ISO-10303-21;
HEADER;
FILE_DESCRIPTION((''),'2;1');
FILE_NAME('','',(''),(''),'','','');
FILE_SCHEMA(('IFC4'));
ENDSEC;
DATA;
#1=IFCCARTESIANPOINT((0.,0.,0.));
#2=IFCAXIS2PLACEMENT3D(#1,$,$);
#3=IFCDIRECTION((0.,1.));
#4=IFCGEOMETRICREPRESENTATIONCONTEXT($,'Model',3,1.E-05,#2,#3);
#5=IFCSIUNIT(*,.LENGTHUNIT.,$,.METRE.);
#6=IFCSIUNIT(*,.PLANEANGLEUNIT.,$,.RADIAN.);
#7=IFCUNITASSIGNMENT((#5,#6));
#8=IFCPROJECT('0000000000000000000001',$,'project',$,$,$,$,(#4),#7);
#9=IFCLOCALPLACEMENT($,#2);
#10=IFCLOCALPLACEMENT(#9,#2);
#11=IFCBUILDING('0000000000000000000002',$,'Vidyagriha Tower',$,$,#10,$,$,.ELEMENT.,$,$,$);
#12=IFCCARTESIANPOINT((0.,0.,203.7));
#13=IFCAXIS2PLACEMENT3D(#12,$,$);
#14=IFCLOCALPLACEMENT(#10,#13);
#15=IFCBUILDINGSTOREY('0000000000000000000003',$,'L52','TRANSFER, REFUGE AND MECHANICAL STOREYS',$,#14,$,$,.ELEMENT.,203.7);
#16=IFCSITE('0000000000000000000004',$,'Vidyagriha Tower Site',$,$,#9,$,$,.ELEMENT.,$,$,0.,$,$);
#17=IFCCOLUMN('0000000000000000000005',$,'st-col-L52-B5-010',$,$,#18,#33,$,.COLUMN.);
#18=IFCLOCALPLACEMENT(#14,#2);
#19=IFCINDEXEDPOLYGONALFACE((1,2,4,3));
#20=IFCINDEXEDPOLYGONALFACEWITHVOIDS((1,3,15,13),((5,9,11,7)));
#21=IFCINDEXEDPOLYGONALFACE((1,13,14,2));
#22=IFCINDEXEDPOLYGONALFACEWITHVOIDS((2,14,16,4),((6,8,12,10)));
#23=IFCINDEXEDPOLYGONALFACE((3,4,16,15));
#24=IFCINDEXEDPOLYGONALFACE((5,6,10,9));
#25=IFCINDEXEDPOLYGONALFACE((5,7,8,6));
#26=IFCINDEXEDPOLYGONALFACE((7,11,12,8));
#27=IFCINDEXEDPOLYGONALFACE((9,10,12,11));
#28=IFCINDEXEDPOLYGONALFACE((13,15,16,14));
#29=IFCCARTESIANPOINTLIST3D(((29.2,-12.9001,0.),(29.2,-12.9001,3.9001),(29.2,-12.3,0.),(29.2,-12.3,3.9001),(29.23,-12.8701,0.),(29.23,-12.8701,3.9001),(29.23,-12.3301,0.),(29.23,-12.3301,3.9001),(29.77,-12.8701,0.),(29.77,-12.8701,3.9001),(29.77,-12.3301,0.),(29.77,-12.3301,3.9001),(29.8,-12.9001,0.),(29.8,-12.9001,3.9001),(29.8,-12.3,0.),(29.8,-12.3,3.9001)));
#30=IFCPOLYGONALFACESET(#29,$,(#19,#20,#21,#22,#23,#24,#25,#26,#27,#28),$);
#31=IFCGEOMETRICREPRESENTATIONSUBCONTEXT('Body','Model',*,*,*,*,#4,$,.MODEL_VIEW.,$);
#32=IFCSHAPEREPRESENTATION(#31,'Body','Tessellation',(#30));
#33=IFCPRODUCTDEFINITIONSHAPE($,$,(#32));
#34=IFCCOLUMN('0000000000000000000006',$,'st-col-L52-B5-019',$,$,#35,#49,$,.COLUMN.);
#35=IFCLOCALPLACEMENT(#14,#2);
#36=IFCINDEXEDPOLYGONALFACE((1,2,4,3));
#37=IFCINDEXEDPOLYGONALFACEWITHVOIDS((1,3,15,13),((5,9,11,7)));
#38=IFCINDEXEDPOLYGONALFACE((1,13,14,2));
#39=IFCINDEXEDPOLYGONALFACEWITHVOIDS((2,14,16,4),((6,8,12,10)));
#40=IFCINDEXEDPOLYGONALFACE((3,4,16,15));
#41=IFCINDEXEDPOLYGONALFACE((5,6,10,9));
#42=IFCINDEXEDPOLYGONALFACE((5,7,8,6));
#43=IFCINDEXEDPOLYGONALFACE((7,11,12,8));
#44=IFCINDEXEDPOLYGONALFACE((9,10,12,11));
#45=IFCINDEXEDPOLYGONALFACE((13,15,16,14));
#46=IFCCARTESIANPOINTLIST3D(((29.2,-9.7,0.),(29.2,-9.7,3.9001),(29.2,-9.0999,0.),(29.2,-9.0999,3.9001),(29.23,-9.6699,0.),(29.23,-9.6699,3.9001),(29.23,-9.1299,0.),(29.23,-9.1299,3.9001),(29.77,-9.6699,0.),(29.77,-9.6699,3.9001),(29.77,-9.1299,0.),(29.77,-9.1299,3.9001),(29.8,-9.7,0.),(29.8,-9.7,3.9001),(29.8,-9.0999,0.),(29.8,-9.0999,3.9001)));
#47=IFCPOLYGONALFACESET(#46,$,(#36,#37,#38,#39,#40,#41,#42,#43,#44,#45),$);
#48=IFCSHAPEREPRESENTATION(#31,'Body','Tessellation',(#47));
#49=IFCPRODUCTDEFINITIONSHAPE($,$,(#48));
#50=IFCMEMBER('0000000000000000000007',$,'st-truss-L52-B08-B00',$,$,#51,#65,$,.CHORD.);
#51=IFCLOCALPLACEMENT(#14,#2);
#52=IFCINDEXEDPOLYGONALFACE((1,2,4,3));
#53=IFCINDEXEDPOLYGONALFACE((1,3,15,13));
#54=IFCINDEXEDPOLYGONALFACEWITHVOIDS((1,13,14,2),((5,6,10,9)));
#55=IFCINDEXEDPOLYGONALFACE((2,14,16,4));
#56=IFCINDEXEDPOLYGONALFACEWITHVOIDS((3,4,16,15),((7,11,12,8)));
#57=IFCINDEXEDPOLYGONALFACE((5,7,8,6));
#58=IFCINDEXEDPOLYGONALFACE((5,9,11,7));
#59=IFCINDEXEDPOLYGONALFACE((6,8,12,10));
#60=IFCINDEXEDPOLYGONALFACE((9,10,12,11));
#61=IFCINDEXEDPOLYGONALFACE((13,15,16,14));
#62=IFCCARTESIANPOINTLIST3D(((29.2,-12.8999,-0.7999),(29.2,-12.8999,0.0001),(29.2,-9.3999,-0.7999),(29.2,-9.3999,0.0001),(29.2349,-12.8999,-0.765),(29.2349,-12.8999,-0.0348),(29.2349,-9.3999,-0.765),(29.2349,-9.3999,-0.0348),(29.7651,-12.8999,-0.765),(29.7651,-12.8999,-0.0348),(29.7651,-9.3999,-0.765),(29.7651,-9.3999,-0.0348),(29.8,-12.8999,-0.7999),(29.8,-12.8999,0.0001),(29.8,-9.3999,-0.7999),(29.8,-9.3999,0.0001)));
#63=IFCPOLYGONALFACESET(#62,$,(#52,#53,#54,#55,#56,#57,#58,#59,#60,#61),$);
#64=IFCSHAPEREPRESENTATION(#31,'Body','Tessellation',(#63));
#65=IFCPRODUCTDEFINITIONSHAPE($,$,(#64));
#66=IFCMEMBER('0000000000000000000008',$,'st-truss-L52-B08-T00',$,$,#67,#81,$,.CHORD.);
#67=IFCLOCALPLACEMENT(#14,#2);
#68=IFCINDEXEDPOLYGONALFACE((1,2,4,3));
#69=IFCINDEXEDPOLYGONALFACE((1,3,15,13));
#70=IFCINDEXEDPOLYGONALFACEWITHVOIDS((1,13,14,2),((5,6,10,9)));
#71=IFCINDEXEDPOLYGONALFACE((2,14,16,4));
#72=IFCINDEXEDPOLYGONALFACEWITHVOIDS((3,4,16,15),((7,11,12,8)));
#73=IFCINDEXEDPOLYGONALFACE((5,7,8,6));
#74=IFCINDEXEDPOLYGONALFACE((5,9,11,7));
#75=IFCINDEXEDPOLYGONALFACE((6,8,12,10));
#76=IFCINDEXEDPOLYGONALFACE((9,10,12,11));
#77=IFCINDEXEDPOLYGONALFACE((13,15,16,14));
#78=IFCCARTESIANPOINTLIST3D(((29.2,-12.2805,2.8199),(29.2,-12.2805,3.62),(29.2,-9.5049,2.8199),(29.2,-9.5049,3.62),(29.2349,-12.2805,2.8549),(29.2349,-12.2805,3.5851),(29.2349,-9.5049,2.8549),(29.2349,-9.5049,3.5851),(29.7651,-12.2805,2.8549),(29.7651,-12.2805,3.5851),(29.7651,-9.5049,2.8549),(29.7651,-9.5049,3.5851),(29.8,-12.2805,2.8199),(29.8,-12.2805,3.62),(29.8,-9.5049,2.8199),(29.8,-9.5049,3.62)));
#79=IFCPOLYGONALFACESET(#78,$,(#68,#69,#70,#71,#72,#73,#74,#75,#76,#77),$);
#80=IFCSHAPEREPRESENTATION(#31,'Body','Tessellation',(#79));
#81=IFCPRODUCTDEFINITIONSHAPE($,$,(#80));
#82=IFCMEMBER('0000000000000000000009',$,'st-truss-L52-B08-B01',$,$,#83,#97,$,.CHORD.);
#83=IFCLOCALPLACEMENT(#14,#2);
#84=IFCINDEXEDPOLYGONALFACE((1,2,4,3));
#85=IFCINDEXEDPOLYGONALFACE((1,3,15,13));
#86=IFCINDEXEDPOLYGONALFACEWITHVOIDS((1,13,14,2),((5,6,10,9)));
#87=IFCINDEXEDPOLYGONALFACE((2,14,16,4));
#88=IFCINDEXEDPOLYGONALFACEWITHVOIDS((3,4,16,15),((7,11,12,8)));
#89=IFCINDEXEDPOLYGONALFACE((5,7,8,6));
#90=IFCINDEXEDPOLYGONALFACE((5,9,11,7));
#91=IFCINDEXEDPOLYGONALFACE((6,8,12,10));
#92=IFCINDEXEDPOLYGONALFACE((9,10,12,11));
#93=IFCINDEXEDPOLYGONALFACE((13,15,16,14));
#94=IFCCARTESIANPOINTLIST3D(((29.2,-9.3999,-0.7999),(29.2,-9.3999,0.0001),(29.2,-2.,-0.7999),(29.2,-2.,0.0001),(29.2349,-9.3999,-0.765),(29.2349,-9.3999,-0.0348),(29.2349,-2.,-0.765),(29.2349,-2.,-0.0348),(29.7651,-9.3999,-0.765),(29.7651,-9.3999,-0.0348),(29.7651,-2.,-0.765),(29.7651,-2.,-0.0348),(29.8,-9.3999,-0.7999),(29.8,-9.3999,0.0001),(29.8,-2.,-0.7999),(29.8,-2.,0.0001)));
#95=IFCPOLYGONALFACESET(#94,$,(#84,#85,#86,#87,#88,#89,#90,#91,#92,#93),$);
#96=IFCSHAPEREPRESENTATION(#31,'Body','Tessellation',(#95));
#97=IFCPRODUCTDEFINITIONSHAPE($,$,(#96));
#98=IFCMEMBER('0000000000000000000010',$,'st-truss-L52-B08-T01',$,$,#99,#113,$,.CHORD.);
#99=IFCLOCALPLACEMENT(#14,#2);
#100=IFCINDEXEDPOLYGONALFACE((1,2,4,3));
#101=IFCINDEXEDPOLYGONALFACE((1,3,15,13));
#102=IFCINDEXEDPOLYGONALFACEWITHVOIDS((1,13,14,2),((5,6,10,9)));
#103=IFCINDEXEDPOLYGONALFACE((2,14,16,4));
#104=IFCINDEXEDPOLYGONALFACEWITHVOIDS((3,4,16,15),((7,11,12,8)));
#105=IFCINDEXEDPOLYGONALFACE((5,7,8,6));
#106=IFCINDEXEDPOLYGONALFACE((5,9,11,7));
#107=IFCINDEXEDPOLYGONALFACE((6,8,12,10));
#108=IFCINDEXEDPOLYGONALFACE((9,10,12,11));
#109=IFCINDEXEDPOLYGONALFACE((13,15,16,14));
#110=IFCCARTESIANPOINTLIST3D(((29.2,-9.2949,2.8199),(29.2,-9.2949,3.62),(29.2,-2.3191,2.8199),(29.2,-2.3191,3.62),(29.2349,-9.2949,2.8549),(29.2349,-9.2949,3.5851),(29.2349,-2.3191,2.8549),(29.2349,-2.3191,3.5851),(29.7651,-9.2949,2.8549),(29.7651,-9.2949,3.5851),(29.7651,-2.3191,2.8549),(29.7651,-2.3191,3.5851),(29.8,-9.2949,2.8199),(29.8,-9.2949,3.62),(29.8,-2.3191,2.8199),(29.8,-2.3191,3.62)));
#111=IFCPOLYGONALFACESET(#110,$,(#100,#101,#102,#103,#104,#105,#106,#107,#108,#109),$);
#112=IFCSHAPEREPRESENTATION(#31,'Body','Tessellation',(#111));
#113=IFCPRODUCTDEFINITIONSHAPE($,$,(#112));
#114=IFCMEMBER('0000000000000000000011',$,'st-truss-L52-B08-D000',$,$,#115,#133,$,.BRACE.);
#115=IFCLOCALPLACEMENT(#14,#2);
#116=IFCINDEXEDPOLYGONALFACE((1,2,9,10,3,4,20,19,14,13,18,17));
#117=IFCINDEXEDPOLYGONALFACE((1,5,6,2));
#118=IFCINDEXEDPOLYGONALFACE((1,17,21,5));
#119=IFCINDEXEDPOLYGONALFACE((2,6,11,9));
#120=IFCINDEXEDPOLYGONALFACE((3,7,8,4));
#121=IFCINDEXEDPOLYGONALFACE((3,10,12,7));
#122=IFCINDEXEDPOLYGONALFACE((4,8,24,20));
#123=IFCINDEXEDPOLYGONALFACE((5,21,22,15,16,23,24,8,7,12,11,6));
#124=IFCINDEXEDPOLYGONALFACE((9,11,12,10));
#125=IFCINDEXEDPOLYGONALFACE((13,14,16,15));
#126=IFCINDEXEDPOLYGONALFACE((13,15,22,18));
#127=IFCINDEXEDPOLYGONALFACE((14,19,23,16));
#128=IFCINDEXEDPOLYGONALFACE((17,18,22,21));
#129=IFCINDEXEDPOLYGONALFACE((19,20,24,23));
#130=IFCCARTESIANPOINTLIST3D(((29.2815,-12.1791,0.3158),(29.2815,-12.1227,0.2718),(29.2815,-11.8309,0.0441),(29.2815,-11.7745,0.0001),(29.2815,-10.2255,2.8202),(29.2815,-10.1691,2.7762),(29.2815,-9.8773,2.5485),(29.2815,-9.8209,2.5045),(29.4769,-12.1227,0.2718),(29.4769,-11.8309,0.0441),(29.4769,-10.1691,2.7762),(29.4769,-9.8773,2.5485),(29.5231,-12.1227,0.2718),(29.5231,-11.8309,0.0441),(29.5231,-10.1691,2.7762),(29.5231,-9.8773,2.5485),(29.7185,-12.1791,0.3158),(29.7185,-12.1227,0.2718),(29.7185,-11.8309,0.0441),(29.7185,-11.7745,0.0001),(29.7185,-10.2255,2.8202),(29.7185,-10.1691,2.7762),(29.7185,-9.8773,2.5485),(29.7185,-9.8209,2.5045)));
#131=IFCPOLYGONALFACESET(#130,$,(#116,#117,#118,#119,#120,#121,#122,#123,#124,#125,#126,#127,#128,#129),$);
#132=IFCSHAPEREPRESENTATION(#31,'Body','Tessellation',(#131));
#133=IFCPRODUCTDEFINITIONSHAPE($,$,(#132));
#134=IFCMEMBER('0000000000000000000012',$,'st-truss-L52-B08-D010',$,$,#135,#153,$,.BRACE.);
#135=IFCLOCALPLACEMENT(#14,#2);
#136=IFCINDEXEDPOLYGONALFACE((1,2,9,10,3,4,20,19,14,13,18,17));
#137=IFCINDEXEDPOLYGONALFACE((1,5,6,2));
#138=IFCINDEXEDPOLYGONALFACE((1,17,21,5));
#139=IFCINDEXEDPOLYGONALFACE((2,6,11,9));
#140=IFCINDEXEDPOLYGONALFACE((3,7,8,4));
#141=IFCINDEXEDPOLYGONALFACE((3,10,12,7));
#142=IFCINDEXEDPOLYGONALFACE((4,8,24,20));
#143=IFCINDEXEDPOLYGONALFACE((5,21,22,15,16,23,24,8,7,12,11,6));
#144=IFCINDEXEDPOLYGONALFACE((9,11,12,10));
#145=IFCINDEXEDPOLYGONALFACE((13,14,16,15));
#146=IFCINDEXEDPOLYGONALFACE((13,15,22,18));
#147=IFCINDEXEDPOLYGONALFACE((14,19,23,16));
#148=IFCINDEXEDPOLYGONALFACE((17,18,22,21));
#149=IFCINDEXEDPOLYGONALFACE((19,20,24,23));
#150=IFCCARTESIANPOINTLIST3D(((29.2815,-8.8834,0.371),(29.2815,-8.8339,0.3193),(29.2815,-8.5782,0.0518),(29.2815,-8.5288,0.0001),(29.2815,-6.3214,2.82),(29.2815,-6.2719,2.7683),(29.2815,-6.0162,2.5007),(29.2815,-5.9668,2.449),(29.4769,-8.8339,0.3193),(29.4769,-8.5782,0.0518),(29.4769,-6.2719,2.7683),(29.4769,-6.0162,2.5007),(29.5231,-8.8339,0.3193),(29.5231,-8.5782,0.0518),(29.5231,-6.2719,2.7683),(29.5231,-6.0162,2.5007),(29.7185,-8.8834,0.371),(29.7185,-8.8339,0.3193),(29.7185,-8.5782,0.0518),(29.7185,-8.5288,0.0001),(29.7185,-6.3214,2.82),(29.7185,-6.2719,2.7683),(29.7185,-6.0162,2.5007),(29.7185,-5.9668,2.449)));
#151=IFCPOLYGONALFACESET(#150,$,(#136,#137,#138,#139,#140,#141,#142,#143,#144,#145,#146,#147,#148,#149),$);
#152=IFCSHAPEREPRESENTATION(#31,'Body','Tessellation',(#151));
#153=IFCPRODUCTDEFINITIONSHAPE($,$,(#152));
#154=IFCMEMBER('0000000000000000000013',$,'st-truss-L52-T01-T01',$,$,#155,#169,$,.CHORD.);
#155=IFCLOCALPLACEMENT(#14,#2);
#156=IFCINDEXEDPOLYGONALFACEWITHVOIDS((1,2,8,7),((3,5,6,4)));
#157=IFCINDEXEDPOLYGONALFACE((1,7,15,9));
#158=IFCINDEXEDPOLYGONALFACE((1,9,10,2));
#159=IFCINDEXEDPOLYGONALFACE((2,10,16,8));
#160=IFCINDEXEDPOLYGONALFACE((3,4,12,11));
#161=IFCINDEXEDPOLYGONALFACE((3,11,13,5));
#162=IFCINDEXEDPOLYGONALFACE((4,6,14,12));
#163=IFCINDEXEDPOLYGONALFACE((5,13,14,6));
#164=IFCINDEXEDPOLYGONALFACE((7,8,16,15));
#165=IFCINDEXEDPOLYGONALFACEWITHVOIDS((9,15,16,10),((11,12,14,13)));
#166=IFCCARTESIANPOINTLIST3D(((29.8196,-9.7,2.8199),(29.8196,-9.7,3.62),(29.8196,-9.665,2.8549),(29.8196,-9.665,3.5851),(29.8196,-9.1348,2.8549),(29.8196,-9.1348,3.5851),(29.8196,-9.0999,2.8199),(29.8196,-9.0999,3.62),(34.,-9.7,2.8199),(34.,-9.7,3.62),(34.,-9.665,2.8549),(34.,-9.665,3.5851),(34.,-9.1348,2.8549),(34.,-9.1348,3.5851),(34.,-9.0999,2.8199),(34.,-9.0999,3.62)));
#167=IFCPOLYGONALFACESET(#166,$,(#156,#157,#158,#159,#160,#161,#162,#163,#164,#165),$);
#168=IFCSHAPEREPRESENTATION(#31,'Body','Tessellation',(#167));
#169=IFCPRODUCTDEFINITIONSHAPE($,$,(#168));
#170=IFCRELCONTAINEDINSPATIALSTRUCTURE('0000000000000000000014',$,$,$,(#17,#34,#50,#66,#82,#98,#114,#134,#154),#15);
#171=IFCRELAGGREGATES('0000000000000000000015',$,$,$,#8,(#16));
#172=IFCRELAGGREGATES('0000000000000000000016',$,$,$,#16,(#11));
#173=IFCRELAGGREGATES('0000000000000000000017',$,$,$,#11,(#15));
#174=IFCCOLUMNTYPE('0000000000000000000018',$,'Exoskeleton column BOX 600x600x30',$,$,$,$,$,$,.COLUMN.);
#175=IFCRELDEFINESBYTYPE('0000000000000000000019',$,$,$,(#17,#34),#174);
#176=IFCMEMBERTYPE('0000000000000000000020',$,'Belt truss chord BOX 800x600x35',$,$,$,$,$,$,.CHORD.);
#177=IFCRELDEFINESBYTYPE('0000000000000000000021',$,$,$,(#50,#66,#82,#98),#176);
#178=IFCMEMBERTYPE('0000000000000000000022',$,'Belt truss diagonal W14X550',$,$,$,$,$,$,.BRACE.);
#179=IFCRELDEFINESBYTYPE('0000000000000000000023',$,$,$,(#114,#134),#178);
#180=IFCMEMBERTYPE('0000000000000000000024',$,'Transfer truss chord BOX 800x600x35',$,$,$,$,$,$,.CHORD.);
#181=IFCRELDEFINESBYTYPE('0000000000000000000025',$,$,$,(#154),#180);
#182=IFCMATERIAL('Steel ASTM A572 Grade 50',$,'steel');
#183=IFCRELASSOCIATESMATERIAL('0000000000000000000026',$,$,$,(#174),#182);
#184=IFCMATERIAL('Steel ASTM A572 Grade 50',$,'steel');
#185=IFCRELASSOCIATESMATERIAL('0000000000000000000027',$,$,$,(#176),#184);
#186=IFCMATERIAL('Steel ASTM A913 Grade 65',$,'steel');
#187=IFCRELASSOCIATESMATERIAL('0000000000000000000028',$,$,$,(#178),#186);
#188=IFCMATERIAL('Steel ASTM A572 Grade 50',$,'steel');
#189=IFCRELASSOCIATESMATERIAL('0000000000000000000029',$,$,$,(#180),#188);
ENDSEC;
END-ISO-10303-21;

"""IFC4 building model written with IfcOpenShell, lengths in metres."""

from ifc_helpers import new_model, si_unit, direction, frame, origin, origin_2d, place, context, subcontext, project, spatial, hollow_rectangle, i_section, extrude, material, material_profile, profile_set, type_object, element, save


model = new_model("IFC4")

# Units and contexts
model_context = context("Model", 3, precision=1e-05, world=origin(), true_north=direction((0.0, 1.0)))
body_context = subcontext(model_context, "Body", "Model", "MODEL_VIEW")
ifc_project = project(units=[si_unit("LENGTHUNIT", "METRE"), si_unit("PLANEANGLEUNIT", "RADIAN")], contexts=[model_context])

# Site, building, storey
site_placement = place(None, origin())
site = spatial("IfcSite", under=ifc_project, at=site_placement, Name="Vidyagriha Tower Site", CompositionType="ELEMENT", RefElevation=0.0)
building_placement = place(site_placement, origin())
building = spatial("IfcBuilding", under=site, at=building_placement, Name="Vidyagriha Tower", CompositionType="ELEMENT")
storey_placement = place(building_placement, frame((0.0, 0.0, 203.7)))
storey = spatial("IfcBuildingStorey", under=building, at=storey_placement, Name="L52", Description="TRANSFER, REFUGE AND MECHANICAL STOREYS", CompositionType="ELEMENT", Elevation=203.7)

# Columns
ifc_material_1 = material(Name="Steel ASTM A572 Grade 50", Category="steel")
ifc_material_profile_1 = material_profile(ifc_material_1, hollow_rectangle(XDim=0.6001, YDim=0.6001, WallThickness=0.03, at=origin_2d()), Name="BOX 600x600x30")
ifc_profile_set_1 = profile_set([ifc_material_profile_1], Name="Steel ASTM A572 Grade 50")
column_type = type_object("IfcColumnType", Name="Exoskeleton column BOX 600x600x30", PredefinedType="COLUMN", material=ifc_profile_set_1)
for number, where, name in (
    (1, (29.5, -12.6001, 0.0), "st-col-L52-B5-010"),
    (2, (29.5, -9.3999, 0.0), "st-col-L52-B5-019"),
):
    element("IfcColumn", number, at=place(storey_placement, frame(where)), inside=storey, type_object=column_type, Name=name, PredefinedType="COLUMN", context=body_context, shape_type="SweptSolid", body=[
        extrude(hollow_rectangle(XDim=0.6001, YDim=0.6001, WallThickness=0.03, at=origin_2d()), origin(), (0.0, 0.0, 1.0), 3.9001),
    ])

# Members
ifc_material_2 = material(Name="Steel ASTM A572 Grade 50", Category="steel")
ifc_material_profile_2 = material_profile(ifc_material_2, hollow_rectangle(XDim=0.6001, YDim=0.8, WallThickness=0.0349, at=origin_2d()), Name="BOX 800x600x35")
ifc_profile_set_2 = profile_set([ifc_material_profile_2], Name="Steel ASTM A572 Grade 50")
member_type_1 = type_object("IfcMemberType", Name="Belt truss chord BOX 800x600x35", PredefinedType="CHORD", material=ifc_profile_set_2)
member_1_placement = place(storey_placement, frame((29.5, -12.8999, -0.3999), z_axis=(0.0, 1.0, 0.0), x_axis=(-1.0, 0.0, 0.0)))
element("IfcMember", 3, at=member_1_placement, inside=storey, type_object=member_type_1, Name="st-truss-L52-B08-B00", PredefinedType="CHORD", context=body_context, shape_type="SweptSolid", body=[
    extrude(hollow_rectangle(XDim=0.6001, YDim=0.8, WallThickness=0.0349, at=origin_2d()), origin(), (0.0, 0.0, 1.0), 3.5),
])
member_2_placement = place(storey_placement, frame((29.5, -12.2805, 3.22), z_axis=(0.0, 1.0, 0.0), x_axis=(-1.0, 0.0, 0.0)))
element("IfcMember", 4, at=member_2_placement, inside=storey, type_object=member_type_1, Name="st-truss-L52-B08-T00", PredefinedType="CHORD", context=body_context, shape_type="SweptSolid", body=[
    extrude(hollow_rectangle(XDim=0.6001, YDim=0.8, WallThickness=0.0349, at=origin_2d()), origin(), (0.0, 0.0, 1.0), 2.7756),
])
member_3_placement = place(storey_placement, frame((29.5, -9.3999, -0.3999), z_axis=(0.0, 1.0, 0.0), x_axis=(-1.0, 0.0, 0.0)))
element("IfcMember", 5, at=member_3_placement, inside=storey, type_object=member_type_1, Name="st-truss-L52-B08-B01", PredefinedType="CHORD", context=body_context, shape_type="SweptSolid", body=[
    extrude(hollow_rectangle(XDim=0.6001, YDim=0.8, WallThickness=0.0349, at=origin_2d()), origin(), (0.0, 0.0, 1.0), 7.3999),
])
member_4_placement = place(storey_placement, frame((29.5, -9.2949, 3.22), z_axis=(0.0, 1.0, 0.0), x_axis=(-1.0, 0.0, 0.0)))
element("IfcMember", 6, at=member_4_placement, inside=storey, type_object=member_type_1, Name="st-truss-L52-B08-T01", PredefinedType="CHORD", context=body_context, shape_type="SweptSolid", body=[
    extrude(hollow_rectangle(XDim=0.6001, YDim=0.8, WallThickness=0.0349, at=origin_2d()), origin(), (0.0, 0.0, 1.0), 6.9758),
])
ifc_material_3 = material(Name="Steel ASTM A913 Grade 65", Category="steel")
ifc_material_profile_3 = material_profile(ifc_material_3, i_section(OverallWidth=0.437, OverallDepth=0.5132, WebThickness=0.0461, FlangeThickness=0.0715, at=origin_2d()), Name="W14X550")
ifc_profile_set_3 = profile_set([ifc_material_profile_3], Name="Steel ASTM A913 Grade 65")
member_type_2 = type_object("IfcMemberType", Name="Belt truss diagonal W14X550", PredefinedType="BRACE", material=ifc_profile_set_3)
member_5_placement = place(storey_placement, frame((29.5, -11.9768, 0.158), z_axis=(0.0, 0.615068, 0.788474), x_axis=(-1.0, 0.0, 0.0)))
element("IfcMember", 7, at=member_5_placement, inside=storey, type_object=member_type_2, Name="st-truss-L52-B08-D000", PredefinedType="BRACE", context=body_context, shape_type="SweptSolid", body=[
    extrude(i_section(OverallWidth=0.437, OverallDepth=0.5132, WebThickness=0.0461, FlangeThickness=0.0715, at=origin_2d()), origin(), (0.0, 0.0, 1.0), 3.1763),
])
member_6_placement = place(storey_placement, frame((29.5, -8.7061, 0.1855), z_axis=(0.0, 0.722874, 0.69098), x_axis=(-1.0, 0.0, 0.0)))
element("IfcMember", 8, at=member_6_placement, inside=storey, type_object=member_type_2, Name="st-truss-L52-B08-D010", PredefinedType="BRACE", context=body_context, shape_type="SweptSolid", body=[
    extrude(i_section(OverallWidth=0.437, OverallDepth=0.5132, WebThickness=0.0461, FlangeThickness=0.0715, at=origin_2d()), origin(), (0.0, 0.0, 1.0), 3.5442),
])
ifc_material_4 = material(Name="Steel ASTM A572 Grade 50", Category="steel")
ifc_material_profile_4 = material_profile(ifc_material_4, hollow_rectangle(XDim=0.6001, YDim=0.8, WallThickness=0.0349, at=origin_2d()), Name="BOX 800x600x35")
ifc_profile_set_4 = profile_set([ifc_material_profile_4], Name="Steel ASTM A572 Grade 50")
member_type_3 = type_object("IfcMemberType", Name="Transfer truss chord BOX 800x600x35", PredefinedType="CHORD", material=ifc_profile_set_4)
member_7_placement = place(storey_placement, frame((29.8196, -9.3999, 3.22), z_axis=(1.0, 0.0, 0.0), x_axis=(0.0, 1.0, 0.0)))
element("IfcMember", 9, at=member_7_placement, inside=storey, type_object=member_type_3, Name="st-truss-L52-T01-T01", PredefinedType="CHORD", context=body_context, shape_type="SweptSolid", body=[
    extrude(hollow_rectangle(XDim=0.6001, YDim=0.8, WallThickness=0.0349, at=origin_2d()), origin(), (0.0, 0.0, 1.0), 4.1804),
])

save(model, "model.ifc")
